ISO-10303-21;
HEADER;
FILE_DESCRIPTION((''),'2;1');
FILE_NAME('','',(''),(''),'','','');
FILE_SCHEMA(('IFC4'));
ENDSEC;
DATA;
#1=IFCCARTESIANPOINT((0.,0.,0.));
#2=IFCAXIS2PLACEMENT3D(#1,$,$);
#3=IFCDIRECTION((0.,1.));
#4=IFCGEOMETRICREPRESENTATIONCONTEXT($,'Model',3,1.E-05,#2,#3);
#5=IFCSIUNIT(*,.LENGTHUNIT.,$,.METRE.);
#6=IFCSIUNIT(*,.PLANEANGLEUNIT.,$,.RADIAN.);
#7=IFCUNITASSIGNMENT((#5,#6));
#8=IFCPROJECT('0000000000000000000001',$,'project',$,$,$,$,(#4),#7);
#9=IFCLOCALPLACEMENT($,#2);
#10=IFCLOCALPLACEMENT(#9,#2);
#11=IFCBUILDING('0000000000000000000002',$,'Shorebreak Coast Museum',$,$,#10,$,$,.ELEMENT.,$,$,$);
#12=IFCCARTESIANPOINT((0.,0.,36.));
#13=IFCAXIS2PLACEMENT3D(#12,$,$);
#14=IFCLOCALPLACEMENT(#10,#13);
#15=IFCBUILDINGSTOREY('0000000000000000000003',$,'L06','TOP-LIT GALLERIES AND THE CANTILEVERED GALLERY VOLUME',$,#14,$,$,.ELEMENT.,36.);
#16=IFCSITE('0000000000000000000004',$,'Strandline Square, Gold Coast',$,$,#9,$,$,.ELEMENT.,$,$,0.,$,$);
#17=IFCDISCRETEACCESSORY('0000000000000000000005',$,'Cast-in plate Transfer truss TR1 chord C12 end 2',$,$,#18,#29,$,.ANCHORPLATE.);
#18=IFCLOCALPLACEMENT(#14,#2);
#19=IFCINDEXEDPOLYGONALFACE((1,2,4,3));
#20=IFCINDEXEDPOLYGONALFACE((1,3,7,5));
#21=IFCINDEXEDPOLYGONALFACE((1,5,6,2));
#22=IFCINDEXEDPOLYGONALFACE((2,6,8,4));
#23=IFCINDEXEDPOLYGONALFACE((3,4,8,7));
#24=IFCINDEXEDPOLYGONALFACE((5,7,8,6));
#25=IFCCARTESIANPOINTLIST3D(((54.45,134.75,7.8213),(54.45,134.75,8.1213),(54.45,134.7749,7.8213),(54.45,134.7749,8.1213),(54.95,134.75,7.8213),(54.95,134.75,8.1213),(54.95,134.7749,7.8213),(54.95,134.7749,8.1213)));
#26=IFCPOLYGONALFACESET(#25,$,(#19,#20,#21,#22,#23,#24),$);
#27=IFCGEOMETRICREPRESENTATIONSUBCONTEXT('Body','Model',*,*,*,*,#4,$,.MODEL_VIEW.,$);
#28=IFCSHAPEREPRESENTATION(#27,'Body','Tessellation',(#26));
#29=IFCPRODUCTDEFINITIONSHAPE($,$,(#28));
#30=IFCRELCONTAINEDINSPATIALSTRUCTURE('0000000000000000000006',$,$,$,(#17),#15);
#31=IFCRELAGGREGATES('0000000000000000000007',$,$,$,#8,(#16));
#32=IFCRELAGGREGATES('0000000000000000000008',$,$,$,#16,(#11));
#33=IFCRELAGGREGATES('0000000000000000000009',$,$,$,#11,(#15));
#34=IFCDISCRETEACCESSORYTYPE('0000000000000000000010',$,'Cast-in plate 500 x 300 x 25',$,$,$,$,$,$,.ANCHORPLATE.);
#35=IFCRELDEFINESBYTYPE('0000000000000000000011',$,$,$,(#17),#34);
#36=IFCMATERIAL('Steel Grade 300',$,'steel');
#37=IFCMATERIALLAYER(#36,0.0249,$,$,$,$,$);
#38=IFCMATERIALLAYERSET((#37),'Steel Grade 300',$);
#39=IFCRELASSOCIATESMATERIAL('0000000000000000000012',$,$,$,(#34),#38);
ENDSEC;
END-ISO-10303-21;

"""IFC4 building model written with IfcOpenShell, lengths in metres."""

from ifc_helpers import new_model, si_unit, direction, frame, origin, place, context, subcontext, project, spatial, polyline, outline, extrude, material, layer, layer_set, type_object, element, save


model = new_model("IFC4")

# Units and contexts
model_context = context("Model", 3, precision=1e-05, world=origin(), true_north=direction((0.0, 1.0)))
body_context = subcontext(model_context, "Body", "Model", "MODEL_VIEW")
ifc_project = project(units=[si_unit("LENGTHUNIT", "METRE"), si_unit("PLANEANGLEUNIT", "RADIAN")], contexts=[model_context])

# Site, building, storey
site_placement = place(None, origin())
site = spatial("IfcSite", under=ifc_project, at=site_placement, Name="Strandline Square, Gold Coast", CompositionType="ELEMENT", RefElevation=0.0)
building_placement = place(site_placement, origin())
building = spatial("IfcBuilding", under=site, at=building_placement, Name="Shorebreak Coast Museum", CompositionType="ELEMENT")
storey_placement = place(building_placement, frame((0.0, 0.0, 36.0)))
storey = spatial("IfcBuildingStorey", under=building, at=storey_placement, Name="L06", Description="TOP-LIT GALLERIES AND THE CANTILEVERED GALLERY VOLUME", CompositionType="ELEMENT", Elevation=36.0)

# Discrete accessory
ifc_material_1 = material(Name="Steel Grade 300", Category="steel")
ifc_layer_1 = layer(ifc_material_1, 0.0249)
ifc_layer_set_1 = layer_set([ifc_layer_1], Name="Steel Grade 300")
discrete_accessory_type = type_object("IfcDiscreteAccessoryType", Name="Cast-in plate 500 x 300 x 25", PredefinedType="ANCHORPLATE", material=ifc_layer_set_1)
discrete_accessory_placement = place(storey_placement, frame((54.45, 134.75, 7.8213), z_axis=(0.0, -1.0, 0.0), x_axis=(1.0, 0.0, 0.0)))
element("IfcDiscreteAccessory", 1, at=discrete_accessory_placement, inside=storey, type_object=discrete_accessory_type, Name="Cast-in plate Transfer truss TR1 chord C12 end 2", PredefinedType="ANCHORPLATE", context=body_context, shape_type="SweptSolid", body=[
    extrude(outline(polyline([(0.0, 0.0), (0.5, 0.0), (0.5, 0.3), (0.0, 0.3), (0.0, 0.0)])), origin(), (0.0, 0.0, -1.0), 0.0249),
])

save(model, "model.ifc")
